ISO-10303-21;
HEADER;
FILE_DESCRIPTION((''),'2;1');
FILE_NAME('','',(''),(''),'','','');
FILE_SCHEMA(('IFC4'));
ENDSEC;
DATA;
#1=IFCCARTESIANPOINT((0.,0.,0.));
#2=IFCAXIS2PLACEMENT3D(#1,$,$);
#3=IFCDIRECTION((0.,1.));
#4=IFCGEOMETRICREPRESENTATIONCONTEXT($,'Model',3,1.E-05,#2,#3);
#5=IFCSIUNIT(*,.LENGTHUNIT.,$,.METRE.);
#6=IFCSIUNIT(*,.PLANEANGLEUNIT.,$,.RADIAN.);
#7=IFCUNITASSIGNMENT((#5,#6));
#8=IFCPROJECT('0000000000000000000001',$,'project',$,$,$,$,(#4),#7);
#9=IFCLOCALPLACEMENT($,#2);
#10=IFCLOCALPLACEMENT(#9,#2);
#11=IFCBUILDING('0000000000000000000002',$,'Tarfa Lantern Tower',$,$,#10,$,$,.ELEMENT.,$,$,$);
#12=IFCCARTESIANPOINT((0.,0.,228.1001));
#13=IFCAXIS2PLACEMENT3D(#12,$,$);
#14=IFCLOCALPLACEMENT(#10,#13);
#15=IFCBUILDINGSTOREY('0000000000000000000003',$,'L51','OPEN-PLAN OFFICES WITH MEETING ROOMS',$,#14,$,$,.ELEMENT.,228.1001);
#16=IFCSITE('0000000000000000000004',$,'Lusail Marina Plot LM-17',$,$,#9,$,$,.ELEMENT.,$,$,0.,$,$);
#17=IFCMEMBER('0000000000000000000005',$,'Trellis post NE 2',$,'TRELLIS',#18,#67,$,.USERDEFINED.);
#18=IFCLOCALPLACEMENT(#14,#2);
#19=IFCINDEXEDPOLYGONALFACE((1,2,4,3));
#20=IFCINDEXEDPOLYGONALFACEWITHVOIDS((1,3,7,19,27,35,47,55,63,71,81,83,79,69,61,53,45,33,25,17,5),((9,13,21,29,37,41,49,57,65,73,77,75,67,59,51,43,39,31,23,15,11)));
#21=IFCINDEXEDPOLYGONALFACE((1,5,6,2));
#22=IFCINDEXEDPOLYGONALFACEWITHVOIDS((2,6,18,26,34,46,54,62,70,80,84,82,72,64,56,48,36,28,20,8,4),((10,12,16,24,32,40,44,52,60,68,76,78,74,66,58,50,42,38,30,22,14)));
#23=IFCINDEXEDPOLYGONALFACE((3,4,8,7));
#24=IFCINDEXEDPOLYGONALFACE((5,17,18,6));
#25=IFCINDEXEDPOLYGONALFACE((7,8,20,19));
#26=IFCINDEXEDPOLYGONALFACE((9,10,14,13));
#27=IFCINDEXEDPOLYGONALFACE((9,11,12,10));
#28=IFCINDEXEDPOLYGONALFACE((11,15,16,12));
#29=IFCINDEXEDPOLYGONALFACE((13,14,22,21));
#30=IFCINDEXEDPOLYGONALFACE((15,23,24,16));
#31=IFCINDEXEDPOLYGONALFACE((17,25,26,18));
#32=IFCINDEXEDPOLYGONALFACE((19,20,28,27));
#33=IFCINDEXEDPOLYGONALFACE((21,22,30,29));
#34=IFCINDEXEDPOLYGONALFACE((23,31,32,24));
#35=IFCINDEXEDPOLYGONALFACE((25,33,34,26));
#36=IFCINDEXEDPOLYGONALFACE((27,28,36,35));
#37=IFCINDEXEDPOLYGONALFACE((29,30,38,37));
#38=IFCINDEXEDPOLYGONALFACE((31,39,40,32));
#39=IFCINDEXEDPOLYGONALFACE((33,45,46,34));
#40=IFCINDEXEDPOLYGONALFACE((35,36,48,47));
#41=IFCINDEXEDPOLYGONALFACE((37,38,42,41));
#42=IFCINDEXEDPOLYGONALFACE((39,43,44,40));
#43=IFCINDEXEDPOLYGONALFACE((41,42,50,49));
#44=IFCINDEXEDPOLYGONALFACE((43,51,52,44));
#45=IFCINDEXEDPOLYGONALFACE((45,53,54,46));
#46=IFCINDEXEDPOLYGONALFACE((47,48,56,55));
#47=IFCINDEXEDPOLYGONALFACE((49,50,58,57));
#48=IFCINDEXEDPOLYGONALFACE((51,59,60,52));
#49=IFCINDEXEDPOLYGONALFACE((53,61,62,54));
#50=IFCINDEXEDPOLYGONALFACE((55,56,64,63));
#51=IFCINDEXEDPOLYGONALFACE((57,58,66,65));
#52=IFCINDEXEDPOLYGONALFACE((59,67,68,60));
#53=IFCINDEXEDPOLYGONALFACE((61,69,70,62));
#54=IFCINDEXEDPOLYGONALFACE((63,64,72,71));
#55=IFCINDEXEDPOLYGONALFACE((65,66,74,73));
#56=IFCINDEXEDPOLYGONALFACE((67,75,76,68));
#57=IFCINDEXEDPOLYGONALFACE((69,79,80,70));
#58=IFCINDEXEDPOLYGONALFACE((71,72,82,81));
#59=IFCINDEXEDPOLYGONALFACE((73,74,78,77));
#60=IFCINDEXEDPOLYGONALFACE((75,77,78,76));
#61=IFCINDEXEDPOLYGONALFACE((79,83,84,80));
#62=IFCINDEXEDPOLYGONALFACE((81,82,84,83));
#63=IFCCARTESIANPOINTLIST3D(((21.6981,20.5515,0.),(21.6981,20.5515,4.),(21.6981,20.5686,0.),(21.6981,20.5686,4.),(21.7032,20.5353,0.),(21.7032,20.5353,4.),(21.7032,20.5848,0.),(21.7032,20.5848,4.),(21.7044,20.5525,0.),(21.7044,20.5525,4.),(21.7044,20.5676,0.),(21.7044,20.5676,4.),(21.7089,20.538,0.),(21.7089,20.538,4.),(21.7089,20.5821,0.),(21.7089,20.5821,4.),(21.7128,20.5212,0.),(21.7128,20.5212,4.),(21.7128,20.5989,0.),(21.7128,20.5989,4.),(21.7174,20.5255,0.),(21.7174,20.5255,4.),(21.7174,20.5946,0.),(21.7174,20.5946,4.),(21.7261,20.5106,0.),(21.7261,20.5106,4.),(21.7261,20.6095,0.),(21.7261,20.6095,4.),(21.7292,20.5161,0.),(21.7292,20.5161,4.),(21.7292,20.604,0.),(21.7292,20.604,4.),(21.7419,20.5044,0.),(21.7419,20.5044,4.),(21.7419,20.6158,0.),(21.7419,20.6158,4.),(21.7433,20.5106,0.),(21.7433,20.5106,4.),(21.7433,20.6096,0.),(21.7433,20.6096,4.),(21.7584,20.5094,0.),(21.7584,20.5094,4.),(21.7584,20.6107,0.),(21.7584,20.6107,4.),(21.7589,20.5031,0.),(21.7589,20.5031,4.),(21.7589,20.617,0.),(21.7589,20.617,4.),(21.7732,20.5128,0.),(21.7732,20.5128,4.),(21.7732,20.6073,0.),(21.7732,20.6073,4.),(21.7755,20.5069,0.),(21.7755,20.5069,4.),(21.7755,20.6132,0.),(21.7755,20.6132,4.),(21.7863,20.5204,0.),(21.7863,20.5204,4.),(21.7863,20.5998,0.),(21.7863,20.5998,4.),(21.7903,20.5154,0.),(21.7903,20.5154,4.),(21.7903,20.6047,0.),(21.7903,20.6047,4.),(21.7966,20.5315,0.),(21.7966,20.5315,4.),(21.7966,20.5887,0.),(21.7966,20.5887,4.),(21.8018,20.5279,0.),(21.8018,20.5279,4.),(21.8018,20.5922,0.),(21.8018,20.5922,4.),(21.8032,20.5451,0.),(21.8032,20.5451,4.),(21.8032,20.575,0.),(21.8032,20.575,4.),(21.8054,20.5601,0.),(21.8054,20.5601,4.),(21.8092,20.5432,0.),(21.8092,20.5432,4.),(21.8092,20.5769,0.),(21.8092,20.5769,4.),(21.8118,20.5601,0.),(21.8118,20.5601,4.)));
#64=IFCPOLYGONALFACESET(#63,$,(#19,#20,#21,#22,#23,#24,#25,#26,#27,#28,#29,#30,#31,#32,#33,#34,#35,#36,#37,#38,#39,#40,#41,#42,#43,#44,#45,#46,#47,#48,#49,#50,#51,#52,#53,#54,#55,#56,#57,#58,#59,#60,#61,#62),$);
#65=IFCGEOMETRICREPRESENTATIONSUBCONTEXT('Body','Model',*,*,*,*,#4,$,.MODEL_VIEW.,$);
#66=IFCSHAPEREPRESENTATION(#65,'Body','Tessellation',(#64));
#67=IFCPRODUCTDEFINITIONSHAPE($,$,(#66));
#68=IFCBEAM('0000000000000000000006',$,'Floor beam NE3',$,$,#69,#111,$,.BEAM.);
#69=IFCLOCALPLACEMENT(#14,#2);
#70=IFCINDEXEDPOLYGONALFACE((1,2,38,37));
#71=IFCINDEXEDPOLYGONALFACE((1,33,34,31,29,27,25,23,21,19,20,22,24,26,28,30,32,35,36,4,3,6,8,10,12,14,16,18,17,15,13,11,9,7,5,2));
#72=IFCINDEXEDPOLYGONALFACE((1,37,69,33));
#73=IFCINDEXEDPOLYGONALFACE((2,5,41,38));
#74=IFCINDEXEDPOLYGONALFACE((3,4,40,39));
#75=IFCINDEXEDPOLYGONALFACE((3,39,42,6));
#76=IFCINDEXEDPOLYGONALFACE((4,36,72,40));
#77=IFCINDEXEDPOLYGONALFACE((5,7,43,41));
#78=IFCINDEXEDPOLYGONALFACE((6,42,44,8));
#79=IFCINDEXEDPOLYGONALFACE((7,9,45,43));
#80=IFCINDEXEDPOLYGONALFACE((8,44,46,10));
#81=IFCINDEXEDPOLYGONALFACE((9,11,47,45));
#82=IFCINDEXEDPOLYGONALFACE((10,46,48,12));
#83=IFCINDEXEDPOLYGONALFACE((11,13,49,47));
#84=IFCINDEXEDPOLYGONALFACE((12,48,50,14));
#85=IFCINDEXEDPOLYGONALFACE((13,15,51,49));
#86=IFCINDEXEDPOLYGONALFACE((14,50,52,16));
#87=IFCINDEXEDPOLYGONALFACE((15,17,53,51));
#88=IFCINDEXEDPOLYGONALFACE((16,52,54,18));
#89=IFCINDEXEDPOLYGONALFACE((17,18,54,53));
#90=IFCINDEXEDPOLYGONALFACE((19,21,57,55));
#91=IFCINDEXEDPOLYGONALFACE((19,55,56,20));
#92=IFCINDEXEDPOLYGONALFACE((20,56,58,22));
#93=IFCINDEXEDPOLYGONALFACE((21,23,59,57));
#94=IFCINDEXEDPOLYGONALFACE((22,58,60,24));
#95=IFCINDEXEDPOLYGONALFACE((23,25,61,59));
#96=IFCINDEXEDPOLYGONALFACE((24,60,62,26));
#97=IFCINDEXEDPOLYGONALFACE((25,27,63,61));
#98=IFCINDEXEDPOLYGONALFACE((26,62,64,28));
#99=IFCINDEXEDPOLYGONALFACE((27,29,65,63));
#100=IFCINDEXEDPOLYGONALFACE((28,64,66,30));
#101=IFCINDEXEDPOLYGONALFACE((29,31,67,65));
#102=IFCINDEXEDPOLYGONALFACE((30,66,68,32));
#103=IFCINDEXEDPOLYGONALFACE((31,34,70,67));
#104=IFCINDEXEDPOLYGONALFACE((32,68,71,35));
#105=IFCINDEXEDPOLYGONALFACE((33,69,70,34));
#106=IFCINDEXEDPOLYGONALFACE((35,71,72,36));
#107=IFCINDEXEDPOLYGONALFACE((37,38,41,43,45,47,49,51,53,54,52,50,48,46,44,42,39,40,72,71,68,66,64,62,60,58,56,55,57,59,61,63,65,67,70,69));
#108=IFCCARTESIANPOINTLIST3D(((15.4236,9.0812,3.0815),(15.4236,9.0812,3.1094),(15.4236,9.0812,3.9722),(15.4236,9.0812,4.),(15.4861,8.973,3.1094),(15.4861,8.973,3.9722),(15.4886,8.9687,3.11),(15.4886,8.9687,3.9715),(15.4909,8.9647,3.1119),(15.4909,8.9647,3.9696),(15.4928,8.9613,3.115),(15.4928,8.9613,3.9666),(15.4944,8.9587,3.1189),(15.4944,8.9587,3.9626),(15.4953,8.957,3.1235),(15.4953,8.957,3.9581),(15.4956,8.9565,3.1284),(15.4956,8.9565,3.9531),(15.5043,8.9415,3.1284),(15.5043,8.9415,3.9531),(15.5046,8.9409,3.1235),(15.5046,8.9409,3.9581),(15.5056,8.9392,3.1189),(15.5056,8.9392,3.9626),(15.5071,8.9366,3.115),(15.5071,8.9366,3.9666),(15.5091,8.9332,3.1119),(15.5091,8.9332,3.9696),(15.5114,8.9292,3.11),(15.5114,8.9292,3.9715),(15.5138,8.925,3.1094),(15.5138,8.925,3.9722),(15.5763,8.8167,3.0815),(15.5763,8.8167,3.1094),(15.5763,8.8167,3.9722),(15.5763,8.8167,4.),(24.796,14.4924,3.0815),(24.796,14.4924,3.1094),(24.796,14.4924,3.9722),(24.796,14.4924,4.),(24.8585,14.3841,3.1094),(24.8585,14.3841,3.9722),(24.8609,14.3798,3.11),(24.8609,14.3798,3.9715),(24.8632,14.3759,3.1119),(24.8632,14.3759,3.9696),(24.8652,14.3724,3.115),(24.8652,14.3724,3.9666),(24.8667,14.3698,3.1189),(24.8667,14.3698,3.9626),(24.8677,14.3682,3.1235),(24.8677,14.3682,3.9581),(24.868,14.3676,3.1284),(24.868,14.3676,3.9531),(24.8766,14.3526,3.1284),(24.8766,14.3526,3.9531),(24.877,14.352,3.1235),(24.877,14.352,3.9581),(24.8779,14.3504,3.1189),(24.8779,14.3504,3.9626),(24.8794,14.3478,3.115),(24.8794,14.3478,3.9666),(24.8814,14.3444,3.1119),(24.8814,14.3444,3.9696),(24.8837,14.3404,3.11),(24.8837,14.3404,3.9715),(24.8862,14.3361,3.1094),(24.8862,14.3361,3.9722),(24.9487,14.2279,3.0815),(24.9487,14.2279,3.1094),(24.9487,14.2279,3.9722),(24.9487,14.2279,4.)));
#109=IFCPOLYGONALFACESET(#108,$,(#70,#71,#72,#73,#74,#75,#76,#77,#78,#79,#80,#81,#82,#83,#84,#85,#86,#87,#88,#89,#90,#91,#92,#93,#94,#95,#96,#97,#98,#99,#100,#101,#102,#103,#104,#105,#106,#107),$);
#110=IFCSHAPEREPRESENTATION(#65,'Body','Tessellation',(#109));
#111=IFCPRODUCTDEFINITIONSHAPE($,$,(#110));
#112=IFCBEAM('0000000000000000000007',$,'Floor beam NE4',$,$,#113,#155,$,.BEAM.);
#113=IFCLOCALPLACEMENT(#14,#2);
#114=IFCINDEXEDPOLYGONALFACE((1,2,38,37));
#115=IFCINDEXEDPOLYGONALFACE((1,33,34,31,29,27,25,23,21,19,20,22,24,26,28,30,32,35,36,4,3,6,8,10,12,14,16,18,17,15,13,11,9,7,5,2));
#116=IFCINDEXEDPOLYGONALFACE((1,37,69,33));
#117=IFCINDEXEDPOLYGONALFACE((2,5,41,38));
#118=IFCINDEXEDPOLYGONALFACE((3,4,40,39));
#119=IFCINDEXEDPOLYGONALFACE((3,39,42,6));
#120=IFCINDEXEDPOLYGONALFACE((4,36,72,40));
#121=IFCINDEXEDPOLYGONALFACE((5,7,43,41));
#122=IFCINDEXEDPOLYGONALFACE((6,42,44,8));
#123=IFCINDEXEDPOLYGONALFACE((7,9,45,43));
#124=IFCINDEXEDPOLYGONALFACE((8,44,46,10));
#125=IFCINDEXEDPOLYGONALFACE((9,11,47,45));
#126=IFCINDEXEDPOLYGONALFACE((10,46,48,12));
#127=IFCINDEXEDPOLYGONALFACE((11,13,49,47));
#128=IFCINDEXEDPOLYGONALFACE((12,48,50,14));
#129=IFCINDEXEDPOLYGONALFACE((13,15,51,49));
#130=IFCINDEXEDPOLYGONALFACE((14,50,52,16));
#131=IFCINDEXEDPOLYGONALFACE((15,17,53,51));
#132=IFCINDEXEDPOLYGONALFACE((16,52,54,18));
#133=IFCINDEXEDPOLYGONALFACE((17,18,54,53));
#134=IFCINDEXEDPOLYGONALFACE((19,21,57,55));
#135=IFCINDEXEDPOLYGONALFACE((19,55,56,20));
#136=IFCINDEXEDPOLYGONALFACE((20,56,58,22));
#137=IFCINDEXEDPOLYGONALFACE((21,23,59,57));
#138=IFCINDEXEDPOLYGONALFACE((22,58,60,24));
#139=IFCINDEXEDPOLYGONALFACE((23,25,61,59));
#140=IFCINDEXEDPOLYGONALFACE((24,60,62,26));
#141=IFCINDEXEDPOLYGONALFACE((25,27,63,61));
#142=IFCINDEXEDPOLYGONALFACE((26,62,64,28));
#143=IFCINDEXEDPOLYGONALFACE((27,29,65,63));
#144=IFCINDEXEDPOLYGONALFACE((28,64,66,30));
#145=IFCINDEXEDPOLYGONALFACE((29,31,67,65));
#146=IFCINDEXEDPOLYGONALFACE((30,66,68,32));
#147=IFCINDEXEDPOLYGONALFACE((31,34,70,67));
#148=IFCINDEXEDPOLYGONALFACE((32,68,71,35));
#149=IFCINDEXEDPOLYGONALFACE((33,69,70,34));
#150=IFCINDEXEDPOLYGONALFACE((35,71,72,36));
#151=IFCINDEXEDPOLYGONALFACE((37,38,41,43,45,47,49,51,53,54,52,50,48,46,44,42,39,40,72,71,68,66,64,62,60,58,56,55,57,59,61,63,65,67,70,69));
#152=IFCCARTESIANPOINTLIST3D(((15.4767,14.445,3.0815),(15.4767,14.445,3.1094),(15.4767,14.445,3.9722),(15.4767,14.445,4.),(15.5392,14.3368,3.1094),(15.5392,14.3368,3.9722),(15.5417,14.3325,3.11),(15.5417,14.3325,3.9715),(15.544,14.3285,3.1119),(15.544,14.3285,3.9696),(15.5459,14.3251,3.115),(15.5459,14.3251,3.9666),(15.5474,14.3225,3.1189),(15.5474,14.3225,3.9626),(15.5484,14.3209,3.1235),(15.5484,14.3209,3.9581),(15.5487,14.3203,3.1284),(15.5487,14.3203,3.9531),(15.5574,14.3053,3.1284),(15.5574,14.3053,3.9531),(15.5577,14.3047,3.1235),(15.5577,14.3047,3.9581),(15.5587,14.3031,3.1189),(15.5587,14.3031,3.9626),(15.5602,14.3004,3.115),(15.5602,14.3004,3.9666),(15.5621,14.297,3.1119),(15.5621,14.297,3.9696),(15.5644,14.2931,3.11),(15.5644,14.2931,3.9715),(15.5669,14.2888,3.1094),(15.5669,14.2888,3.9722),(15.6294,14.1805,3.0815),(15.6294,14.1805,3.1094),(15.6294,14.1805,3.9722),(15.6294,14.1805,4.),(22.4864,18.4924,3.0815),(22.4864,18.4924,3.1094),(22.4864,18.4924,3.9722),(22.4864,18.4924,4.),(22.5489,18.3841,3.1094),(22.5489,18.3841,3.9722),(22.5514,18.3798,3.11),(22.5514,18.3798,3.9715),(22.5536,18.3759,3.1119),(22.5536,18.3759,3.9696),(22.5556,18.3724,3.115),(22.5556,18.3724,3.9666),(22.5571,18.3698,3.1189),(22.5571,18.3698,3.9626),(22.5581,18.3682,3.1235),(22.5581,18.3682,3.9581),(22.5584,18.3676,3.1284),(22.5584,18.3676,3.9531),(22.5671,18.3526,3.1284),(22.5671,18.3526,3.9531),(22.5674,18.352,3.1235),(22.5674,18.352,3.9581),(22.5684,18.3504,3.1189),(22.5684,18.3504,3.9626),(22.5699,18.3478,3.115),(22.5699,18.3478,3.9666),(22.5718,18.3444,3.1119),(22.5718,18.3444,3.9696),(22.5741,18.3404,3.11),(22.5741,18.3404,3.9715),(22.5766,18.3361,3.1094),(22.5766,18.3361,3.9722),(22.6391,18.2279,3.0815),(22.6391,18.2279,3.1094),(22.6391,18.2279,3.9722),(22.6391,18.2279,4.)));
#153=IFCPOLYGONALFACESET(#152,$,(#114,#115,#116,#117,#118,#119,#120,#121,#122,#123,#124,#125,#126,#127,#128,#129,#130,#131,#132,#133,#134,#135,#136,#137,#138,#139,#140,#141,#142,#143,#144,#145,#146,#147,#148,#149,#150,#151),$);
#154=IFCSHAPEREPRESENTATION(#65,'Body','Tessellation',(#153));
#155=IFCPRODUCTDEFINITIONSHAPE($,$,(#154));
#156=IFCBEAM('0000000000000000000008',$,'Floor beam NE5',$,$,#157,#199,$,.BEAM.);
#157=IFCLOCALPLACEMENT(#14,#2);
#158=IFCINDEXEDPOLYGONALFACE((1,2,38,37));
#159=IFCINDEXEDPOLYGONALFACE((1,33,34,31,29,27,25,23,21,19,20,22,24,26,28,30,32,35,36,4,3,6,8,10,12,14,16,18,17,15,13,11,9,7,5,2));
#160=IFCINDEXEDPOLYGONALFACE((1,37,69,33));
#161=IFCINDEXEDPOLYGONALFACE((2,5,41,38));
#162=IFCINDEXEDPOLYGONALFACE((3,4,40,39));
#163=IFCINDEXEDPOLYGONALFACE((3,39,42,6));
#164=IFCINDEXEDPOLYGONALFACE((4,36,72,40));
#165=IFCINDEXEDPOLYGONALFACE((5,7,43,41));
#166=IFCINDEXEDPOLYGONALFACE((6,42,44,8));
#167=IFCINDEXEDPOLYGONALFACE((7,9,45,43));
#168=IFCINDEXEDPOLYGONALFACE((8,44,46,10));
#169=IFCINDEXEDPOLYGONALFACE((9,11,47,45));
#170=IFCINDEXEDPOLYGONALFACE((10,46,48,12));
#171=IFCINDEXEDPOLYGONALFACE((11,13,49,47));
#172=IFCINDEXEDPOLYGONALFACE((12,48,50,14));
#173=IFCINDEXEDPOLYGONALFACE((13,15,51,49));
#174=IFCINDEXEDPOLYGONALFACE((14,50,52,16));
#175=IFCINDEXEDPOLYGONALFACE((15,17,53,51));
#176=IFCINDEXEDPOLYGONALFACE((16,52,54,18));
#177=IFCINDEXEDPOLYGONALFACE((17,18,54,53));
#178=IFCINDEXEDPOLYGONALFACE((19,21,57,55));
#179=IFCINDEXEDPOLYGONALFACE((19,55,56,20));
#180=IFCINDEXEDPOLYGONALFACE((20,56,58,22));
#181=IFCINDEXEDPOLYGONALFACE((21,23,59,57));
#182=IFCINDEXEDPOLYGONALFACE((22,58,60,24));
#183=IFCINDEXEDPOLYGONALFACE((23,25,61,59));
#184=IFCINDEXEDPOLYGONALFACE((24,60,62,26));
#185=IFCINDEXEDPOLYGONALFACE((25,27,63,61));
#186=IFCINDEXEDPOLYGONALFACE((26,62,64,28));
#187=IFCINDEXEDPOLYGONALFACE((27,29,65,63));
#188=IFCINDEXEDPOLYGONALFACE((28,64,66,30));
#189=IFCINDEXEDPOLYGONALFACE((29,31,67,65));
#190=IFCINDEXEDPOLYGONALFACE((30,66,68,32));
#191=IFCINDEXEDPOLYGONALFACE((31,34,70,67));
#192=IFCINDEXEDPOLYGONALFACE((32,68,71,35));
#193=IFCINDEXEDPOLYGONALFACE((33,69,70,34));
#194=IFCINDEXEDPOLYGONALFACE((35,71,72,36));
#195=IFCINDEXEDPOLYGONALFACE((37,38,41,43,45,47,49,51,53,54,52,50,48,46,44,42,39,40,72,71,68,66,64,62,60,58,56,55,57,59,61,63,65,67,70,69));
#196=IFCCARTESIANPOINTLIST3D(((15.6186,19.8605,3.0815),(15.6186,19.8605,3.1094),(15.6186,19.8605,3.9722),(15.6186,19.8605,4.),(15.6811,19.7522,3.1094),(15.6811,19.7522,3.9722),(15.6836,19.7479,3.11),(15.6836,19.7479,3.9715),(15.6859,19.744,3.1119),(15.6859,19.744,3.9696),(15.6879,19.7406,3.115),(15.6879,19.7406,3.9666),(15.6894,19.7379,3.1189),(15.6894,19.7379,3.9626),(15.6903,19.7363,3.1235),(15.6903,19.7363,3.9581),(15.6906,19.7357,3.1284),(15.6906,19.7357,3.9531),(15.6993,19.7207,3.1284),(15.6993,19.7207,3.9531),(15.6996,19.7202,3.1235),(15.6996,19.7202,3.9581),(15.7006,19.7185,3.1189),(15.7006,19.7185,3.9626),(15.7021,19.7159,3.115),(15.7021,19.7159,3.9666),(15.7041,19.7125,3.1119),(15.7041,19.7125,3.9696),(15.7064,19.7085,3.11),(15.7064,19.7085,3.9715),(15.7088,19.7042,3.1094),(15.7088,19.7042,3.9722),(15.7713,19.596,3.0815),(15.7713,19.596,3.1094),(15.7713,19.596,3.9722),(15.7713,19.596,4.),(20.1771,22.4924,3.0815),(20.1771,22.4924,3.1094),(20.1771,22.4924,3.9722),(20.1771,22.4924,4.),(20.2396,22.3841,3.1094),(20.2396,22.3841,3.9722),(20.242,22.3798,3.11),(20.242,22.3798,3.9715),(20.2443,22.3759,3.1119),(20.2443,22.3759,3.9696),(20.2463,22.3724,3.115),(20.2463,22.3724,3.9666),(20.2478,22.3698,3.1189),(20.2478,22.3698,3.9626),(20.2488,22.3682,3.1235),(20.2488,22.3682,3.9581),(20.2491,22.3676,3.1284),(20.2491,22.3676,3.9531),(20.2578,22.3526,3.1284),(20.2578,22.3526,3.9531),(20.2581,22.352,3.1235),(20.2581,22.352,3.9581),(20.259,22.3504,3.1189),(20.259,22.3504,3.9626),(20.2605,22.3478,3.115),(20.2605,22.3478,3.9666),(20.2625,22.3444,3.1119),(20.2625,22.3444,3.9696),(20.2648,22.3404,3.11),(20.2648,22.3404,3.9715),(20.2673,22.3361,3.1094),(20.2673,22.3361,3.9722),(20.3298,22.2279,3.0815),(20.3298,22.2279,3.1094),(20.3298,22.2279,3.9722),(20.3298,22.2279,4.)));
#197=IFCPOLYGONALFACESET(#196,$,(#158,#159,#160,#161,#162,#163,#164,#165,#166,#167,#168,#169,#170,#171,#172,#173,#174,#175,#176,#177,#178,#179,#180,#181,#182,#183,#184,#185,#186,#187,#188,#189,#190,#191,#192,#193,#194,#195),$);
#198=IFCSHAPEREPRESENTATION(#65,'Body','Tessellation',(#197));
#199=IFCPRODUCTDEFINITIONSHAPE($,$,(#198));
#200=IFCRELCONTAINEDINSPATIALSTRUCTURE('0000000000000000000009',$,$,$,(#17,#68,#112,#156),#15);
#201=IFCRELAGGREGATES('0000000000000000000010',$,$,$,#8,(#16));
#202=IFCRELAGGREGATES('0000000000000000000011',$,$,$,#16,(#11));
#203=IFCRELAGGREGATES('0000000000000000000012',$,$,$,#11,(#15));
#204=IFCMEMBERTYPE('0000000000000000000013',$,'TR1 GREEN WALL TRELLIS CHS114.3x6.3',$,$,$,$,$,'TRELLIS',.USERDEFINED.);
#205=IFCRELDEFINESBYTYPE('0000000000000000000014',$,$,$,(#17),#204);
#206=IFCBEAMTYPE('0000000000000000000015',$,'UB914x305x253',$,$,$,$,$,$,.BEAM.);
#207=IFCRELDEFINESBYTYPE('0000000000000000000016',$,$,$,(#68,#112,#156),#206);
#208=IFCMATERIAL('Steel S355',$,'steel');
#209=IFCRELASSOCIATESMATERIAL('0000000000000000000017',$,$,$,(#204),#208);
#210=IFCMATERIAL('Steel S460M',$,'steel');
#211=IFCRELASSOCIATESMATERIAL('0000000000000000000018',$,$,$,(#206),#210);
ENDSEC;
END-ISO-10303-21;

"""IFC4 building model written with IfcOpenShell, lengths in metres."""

from ifc_helpers import new_model, si_unit, direction, frame, origin, origin_2d, place, context, subcontext, project, spatial, hollow_circle, i_section, extrude, material, material_profile, profile_set, type_object, element, save


model = new_model("IFC4")

# Units and contexts
model_context = context("Model", 3, precision=1e-05, world=origin(), true_north=direction((0.0, 1.0)))
body_context = subcontext(model_context, "Body", "Model", "MODEL_VIEW")
ifc_project = project(units=[si_unit("LENGTHUNIT", "METRE"), si_unit("PLANEANGLEUNIT", "RADIAN")], contexts=[model_context])

# Site, building, storey
site_placement = place(None, origin())
site = spatial("IfcSite", under=ifc_project, at=site_placement, Name="Lusail Marina Plot LM-17", CompositionType="ELEMENT", RefElevation=0.0)
building_placement = place(site_placement, origin())
building = spatial("IfcBuilding", under=site, at=building_placement, Name="Tarfa Lantern Tower", CompositionType="ELEMENT")
storey_placement = place(building_placement, frame((0.0, 0.0, 228.1001)))
storey = spatial("IfcBuildingStorey", under=building, at=storey_placement, Name="L51", Description="OPEN-PLAN OFFICES WITH MEETING ROOMS", CompositionType="ELEMENT", Elevation=228.1001)

# Member
ifc_material_1 = material(Name="Steel S355", Category="steel")
ifc_material_profile_1 = material_profile(ifc_material_1, hollow_circle(Radius=0.0571, WallThickness=0.0063, at=origin_2d()), Name="CHS114.3x6.3")
ifc_profile_set_1 = profile_set([ifc_material_profile_1], Name="Steel S355")
member_type_1 = type_object("IfcMemberType", Name="TR1 GREEN WALL TRELLIS CHS114.3x6.3", ElementType="TRELLIS", PredefinedType="USERDEFINED", material=ifc_profile_set_1)
member_1_placement = place(storey_placement, frame((21.7546, 20.5601, 0.0), z_axis=(0.0, 0.0, 1.0), x_axis=(1.0, 0.0, 0.0)))
element("IfcMember", 1, at=member_1_placement, inside=storey, type_object=member_type_1, Name="Trellis post NE 2", ObjectType="TRELLIS", PredefinedType="USERDEFINED", context=body_context, shape_type="SweptSolid", body=[
    extrude(hollow_circle(Radius=0.0571, WallThickness=0.0063, at=origin_2d()), origin(), (0.0, 0.0, 1.0), 4.0),
])

# Beams
ifc_material_2 = material(Name="Steel S460M", Category="steel")
ifc_material_profile_2 = material_profile(ifc_material_2, i_section(OverallWidth=0.3054, OverallDepth=0.9185, WebThickness=0.0173, FlangeThickness=0.0278, FilletRadius=0.019, at=origin_2d()), Name="UB914x305x253")
ifc_profile_set_2 = profile_set([ifc_material_profile_2], Name="Steel S460M")
beam_type_1 = type_object("IfcBeamType", Name="UB914x305x253", PredefinedType="BEAM", material=ifc_profile_set_2)
beam_1_placement = place(storey_placement, frame((24.8723, 14.3601, 3.5408), z_axis=(-0.866024, -0.500002, 0.0), x_axis=(0.500002, -0.866024, 0.0)))
element("IfcBeam", 2, at=beam_1_placement, inside=storey, type_object=beam_type_1, Name="Floor beam NE3", PredefinedType="BEAM", context=body_context, shape_type="SweptSolid", body=[
    extrude(i_section(OverallWidth=0.3054, OverallDepth=0.9185, WebThickness=0.0173, FlangeThickness=0.0278, FilletRadius=0.019, at=origin_2d()), origin(), (0.0, 0.0, 1.0), 10.8223),
])
beam_2_placement = place(storey_placement, frame((22.5627, 18.3601, 3.5408), z_axis=(-0.866011, -0.500025, 0.0), x_axis=(0.500025, -0.866011, 0.0)))
element("IfcBeam", 3, at=beam_2_placement, inside=storey, type_object=beam_type_1, Name="Floor beam NE4", PredefinedType="BEAM", context=body_context, shape_type="SweptSolid", body=[
    extrude(i_section(OverallWidth=0.3054, OverallDepth=0.9185, WebThickness=0.0173, FlangeThickness=0.0278, FilletRadius=0.019, at=origin_2d()), origin(), (0.0, 0.0, 1.0), 8.0942),
])
beam_3_placement = place(storey_placement, frame((20.2534, 22.3601, 3.5408), z_axis=(-0.86602, -0.50001, 0.0), x_axis=(0.50001, -0.86602, 0.0)))
element("IfcBeam", 4, at=beam_3_placement, inside=storey, type_object=beam_type_1, Name="Floor beam NE5", PredefinedType="BEAM", context=body_context, shape_type="SweptSolid", body=[
    extrude(i_section(OverallWidth=0.3054, OverallDepth=0.9185, WebThickness=0.0173, FlangeThickness=0.0278, FilletRadius=0.019, at=origin_2d()), origin(), (0.0, 0.0, 1.0), 5.2637),
])

save(model, "model.ifc")
